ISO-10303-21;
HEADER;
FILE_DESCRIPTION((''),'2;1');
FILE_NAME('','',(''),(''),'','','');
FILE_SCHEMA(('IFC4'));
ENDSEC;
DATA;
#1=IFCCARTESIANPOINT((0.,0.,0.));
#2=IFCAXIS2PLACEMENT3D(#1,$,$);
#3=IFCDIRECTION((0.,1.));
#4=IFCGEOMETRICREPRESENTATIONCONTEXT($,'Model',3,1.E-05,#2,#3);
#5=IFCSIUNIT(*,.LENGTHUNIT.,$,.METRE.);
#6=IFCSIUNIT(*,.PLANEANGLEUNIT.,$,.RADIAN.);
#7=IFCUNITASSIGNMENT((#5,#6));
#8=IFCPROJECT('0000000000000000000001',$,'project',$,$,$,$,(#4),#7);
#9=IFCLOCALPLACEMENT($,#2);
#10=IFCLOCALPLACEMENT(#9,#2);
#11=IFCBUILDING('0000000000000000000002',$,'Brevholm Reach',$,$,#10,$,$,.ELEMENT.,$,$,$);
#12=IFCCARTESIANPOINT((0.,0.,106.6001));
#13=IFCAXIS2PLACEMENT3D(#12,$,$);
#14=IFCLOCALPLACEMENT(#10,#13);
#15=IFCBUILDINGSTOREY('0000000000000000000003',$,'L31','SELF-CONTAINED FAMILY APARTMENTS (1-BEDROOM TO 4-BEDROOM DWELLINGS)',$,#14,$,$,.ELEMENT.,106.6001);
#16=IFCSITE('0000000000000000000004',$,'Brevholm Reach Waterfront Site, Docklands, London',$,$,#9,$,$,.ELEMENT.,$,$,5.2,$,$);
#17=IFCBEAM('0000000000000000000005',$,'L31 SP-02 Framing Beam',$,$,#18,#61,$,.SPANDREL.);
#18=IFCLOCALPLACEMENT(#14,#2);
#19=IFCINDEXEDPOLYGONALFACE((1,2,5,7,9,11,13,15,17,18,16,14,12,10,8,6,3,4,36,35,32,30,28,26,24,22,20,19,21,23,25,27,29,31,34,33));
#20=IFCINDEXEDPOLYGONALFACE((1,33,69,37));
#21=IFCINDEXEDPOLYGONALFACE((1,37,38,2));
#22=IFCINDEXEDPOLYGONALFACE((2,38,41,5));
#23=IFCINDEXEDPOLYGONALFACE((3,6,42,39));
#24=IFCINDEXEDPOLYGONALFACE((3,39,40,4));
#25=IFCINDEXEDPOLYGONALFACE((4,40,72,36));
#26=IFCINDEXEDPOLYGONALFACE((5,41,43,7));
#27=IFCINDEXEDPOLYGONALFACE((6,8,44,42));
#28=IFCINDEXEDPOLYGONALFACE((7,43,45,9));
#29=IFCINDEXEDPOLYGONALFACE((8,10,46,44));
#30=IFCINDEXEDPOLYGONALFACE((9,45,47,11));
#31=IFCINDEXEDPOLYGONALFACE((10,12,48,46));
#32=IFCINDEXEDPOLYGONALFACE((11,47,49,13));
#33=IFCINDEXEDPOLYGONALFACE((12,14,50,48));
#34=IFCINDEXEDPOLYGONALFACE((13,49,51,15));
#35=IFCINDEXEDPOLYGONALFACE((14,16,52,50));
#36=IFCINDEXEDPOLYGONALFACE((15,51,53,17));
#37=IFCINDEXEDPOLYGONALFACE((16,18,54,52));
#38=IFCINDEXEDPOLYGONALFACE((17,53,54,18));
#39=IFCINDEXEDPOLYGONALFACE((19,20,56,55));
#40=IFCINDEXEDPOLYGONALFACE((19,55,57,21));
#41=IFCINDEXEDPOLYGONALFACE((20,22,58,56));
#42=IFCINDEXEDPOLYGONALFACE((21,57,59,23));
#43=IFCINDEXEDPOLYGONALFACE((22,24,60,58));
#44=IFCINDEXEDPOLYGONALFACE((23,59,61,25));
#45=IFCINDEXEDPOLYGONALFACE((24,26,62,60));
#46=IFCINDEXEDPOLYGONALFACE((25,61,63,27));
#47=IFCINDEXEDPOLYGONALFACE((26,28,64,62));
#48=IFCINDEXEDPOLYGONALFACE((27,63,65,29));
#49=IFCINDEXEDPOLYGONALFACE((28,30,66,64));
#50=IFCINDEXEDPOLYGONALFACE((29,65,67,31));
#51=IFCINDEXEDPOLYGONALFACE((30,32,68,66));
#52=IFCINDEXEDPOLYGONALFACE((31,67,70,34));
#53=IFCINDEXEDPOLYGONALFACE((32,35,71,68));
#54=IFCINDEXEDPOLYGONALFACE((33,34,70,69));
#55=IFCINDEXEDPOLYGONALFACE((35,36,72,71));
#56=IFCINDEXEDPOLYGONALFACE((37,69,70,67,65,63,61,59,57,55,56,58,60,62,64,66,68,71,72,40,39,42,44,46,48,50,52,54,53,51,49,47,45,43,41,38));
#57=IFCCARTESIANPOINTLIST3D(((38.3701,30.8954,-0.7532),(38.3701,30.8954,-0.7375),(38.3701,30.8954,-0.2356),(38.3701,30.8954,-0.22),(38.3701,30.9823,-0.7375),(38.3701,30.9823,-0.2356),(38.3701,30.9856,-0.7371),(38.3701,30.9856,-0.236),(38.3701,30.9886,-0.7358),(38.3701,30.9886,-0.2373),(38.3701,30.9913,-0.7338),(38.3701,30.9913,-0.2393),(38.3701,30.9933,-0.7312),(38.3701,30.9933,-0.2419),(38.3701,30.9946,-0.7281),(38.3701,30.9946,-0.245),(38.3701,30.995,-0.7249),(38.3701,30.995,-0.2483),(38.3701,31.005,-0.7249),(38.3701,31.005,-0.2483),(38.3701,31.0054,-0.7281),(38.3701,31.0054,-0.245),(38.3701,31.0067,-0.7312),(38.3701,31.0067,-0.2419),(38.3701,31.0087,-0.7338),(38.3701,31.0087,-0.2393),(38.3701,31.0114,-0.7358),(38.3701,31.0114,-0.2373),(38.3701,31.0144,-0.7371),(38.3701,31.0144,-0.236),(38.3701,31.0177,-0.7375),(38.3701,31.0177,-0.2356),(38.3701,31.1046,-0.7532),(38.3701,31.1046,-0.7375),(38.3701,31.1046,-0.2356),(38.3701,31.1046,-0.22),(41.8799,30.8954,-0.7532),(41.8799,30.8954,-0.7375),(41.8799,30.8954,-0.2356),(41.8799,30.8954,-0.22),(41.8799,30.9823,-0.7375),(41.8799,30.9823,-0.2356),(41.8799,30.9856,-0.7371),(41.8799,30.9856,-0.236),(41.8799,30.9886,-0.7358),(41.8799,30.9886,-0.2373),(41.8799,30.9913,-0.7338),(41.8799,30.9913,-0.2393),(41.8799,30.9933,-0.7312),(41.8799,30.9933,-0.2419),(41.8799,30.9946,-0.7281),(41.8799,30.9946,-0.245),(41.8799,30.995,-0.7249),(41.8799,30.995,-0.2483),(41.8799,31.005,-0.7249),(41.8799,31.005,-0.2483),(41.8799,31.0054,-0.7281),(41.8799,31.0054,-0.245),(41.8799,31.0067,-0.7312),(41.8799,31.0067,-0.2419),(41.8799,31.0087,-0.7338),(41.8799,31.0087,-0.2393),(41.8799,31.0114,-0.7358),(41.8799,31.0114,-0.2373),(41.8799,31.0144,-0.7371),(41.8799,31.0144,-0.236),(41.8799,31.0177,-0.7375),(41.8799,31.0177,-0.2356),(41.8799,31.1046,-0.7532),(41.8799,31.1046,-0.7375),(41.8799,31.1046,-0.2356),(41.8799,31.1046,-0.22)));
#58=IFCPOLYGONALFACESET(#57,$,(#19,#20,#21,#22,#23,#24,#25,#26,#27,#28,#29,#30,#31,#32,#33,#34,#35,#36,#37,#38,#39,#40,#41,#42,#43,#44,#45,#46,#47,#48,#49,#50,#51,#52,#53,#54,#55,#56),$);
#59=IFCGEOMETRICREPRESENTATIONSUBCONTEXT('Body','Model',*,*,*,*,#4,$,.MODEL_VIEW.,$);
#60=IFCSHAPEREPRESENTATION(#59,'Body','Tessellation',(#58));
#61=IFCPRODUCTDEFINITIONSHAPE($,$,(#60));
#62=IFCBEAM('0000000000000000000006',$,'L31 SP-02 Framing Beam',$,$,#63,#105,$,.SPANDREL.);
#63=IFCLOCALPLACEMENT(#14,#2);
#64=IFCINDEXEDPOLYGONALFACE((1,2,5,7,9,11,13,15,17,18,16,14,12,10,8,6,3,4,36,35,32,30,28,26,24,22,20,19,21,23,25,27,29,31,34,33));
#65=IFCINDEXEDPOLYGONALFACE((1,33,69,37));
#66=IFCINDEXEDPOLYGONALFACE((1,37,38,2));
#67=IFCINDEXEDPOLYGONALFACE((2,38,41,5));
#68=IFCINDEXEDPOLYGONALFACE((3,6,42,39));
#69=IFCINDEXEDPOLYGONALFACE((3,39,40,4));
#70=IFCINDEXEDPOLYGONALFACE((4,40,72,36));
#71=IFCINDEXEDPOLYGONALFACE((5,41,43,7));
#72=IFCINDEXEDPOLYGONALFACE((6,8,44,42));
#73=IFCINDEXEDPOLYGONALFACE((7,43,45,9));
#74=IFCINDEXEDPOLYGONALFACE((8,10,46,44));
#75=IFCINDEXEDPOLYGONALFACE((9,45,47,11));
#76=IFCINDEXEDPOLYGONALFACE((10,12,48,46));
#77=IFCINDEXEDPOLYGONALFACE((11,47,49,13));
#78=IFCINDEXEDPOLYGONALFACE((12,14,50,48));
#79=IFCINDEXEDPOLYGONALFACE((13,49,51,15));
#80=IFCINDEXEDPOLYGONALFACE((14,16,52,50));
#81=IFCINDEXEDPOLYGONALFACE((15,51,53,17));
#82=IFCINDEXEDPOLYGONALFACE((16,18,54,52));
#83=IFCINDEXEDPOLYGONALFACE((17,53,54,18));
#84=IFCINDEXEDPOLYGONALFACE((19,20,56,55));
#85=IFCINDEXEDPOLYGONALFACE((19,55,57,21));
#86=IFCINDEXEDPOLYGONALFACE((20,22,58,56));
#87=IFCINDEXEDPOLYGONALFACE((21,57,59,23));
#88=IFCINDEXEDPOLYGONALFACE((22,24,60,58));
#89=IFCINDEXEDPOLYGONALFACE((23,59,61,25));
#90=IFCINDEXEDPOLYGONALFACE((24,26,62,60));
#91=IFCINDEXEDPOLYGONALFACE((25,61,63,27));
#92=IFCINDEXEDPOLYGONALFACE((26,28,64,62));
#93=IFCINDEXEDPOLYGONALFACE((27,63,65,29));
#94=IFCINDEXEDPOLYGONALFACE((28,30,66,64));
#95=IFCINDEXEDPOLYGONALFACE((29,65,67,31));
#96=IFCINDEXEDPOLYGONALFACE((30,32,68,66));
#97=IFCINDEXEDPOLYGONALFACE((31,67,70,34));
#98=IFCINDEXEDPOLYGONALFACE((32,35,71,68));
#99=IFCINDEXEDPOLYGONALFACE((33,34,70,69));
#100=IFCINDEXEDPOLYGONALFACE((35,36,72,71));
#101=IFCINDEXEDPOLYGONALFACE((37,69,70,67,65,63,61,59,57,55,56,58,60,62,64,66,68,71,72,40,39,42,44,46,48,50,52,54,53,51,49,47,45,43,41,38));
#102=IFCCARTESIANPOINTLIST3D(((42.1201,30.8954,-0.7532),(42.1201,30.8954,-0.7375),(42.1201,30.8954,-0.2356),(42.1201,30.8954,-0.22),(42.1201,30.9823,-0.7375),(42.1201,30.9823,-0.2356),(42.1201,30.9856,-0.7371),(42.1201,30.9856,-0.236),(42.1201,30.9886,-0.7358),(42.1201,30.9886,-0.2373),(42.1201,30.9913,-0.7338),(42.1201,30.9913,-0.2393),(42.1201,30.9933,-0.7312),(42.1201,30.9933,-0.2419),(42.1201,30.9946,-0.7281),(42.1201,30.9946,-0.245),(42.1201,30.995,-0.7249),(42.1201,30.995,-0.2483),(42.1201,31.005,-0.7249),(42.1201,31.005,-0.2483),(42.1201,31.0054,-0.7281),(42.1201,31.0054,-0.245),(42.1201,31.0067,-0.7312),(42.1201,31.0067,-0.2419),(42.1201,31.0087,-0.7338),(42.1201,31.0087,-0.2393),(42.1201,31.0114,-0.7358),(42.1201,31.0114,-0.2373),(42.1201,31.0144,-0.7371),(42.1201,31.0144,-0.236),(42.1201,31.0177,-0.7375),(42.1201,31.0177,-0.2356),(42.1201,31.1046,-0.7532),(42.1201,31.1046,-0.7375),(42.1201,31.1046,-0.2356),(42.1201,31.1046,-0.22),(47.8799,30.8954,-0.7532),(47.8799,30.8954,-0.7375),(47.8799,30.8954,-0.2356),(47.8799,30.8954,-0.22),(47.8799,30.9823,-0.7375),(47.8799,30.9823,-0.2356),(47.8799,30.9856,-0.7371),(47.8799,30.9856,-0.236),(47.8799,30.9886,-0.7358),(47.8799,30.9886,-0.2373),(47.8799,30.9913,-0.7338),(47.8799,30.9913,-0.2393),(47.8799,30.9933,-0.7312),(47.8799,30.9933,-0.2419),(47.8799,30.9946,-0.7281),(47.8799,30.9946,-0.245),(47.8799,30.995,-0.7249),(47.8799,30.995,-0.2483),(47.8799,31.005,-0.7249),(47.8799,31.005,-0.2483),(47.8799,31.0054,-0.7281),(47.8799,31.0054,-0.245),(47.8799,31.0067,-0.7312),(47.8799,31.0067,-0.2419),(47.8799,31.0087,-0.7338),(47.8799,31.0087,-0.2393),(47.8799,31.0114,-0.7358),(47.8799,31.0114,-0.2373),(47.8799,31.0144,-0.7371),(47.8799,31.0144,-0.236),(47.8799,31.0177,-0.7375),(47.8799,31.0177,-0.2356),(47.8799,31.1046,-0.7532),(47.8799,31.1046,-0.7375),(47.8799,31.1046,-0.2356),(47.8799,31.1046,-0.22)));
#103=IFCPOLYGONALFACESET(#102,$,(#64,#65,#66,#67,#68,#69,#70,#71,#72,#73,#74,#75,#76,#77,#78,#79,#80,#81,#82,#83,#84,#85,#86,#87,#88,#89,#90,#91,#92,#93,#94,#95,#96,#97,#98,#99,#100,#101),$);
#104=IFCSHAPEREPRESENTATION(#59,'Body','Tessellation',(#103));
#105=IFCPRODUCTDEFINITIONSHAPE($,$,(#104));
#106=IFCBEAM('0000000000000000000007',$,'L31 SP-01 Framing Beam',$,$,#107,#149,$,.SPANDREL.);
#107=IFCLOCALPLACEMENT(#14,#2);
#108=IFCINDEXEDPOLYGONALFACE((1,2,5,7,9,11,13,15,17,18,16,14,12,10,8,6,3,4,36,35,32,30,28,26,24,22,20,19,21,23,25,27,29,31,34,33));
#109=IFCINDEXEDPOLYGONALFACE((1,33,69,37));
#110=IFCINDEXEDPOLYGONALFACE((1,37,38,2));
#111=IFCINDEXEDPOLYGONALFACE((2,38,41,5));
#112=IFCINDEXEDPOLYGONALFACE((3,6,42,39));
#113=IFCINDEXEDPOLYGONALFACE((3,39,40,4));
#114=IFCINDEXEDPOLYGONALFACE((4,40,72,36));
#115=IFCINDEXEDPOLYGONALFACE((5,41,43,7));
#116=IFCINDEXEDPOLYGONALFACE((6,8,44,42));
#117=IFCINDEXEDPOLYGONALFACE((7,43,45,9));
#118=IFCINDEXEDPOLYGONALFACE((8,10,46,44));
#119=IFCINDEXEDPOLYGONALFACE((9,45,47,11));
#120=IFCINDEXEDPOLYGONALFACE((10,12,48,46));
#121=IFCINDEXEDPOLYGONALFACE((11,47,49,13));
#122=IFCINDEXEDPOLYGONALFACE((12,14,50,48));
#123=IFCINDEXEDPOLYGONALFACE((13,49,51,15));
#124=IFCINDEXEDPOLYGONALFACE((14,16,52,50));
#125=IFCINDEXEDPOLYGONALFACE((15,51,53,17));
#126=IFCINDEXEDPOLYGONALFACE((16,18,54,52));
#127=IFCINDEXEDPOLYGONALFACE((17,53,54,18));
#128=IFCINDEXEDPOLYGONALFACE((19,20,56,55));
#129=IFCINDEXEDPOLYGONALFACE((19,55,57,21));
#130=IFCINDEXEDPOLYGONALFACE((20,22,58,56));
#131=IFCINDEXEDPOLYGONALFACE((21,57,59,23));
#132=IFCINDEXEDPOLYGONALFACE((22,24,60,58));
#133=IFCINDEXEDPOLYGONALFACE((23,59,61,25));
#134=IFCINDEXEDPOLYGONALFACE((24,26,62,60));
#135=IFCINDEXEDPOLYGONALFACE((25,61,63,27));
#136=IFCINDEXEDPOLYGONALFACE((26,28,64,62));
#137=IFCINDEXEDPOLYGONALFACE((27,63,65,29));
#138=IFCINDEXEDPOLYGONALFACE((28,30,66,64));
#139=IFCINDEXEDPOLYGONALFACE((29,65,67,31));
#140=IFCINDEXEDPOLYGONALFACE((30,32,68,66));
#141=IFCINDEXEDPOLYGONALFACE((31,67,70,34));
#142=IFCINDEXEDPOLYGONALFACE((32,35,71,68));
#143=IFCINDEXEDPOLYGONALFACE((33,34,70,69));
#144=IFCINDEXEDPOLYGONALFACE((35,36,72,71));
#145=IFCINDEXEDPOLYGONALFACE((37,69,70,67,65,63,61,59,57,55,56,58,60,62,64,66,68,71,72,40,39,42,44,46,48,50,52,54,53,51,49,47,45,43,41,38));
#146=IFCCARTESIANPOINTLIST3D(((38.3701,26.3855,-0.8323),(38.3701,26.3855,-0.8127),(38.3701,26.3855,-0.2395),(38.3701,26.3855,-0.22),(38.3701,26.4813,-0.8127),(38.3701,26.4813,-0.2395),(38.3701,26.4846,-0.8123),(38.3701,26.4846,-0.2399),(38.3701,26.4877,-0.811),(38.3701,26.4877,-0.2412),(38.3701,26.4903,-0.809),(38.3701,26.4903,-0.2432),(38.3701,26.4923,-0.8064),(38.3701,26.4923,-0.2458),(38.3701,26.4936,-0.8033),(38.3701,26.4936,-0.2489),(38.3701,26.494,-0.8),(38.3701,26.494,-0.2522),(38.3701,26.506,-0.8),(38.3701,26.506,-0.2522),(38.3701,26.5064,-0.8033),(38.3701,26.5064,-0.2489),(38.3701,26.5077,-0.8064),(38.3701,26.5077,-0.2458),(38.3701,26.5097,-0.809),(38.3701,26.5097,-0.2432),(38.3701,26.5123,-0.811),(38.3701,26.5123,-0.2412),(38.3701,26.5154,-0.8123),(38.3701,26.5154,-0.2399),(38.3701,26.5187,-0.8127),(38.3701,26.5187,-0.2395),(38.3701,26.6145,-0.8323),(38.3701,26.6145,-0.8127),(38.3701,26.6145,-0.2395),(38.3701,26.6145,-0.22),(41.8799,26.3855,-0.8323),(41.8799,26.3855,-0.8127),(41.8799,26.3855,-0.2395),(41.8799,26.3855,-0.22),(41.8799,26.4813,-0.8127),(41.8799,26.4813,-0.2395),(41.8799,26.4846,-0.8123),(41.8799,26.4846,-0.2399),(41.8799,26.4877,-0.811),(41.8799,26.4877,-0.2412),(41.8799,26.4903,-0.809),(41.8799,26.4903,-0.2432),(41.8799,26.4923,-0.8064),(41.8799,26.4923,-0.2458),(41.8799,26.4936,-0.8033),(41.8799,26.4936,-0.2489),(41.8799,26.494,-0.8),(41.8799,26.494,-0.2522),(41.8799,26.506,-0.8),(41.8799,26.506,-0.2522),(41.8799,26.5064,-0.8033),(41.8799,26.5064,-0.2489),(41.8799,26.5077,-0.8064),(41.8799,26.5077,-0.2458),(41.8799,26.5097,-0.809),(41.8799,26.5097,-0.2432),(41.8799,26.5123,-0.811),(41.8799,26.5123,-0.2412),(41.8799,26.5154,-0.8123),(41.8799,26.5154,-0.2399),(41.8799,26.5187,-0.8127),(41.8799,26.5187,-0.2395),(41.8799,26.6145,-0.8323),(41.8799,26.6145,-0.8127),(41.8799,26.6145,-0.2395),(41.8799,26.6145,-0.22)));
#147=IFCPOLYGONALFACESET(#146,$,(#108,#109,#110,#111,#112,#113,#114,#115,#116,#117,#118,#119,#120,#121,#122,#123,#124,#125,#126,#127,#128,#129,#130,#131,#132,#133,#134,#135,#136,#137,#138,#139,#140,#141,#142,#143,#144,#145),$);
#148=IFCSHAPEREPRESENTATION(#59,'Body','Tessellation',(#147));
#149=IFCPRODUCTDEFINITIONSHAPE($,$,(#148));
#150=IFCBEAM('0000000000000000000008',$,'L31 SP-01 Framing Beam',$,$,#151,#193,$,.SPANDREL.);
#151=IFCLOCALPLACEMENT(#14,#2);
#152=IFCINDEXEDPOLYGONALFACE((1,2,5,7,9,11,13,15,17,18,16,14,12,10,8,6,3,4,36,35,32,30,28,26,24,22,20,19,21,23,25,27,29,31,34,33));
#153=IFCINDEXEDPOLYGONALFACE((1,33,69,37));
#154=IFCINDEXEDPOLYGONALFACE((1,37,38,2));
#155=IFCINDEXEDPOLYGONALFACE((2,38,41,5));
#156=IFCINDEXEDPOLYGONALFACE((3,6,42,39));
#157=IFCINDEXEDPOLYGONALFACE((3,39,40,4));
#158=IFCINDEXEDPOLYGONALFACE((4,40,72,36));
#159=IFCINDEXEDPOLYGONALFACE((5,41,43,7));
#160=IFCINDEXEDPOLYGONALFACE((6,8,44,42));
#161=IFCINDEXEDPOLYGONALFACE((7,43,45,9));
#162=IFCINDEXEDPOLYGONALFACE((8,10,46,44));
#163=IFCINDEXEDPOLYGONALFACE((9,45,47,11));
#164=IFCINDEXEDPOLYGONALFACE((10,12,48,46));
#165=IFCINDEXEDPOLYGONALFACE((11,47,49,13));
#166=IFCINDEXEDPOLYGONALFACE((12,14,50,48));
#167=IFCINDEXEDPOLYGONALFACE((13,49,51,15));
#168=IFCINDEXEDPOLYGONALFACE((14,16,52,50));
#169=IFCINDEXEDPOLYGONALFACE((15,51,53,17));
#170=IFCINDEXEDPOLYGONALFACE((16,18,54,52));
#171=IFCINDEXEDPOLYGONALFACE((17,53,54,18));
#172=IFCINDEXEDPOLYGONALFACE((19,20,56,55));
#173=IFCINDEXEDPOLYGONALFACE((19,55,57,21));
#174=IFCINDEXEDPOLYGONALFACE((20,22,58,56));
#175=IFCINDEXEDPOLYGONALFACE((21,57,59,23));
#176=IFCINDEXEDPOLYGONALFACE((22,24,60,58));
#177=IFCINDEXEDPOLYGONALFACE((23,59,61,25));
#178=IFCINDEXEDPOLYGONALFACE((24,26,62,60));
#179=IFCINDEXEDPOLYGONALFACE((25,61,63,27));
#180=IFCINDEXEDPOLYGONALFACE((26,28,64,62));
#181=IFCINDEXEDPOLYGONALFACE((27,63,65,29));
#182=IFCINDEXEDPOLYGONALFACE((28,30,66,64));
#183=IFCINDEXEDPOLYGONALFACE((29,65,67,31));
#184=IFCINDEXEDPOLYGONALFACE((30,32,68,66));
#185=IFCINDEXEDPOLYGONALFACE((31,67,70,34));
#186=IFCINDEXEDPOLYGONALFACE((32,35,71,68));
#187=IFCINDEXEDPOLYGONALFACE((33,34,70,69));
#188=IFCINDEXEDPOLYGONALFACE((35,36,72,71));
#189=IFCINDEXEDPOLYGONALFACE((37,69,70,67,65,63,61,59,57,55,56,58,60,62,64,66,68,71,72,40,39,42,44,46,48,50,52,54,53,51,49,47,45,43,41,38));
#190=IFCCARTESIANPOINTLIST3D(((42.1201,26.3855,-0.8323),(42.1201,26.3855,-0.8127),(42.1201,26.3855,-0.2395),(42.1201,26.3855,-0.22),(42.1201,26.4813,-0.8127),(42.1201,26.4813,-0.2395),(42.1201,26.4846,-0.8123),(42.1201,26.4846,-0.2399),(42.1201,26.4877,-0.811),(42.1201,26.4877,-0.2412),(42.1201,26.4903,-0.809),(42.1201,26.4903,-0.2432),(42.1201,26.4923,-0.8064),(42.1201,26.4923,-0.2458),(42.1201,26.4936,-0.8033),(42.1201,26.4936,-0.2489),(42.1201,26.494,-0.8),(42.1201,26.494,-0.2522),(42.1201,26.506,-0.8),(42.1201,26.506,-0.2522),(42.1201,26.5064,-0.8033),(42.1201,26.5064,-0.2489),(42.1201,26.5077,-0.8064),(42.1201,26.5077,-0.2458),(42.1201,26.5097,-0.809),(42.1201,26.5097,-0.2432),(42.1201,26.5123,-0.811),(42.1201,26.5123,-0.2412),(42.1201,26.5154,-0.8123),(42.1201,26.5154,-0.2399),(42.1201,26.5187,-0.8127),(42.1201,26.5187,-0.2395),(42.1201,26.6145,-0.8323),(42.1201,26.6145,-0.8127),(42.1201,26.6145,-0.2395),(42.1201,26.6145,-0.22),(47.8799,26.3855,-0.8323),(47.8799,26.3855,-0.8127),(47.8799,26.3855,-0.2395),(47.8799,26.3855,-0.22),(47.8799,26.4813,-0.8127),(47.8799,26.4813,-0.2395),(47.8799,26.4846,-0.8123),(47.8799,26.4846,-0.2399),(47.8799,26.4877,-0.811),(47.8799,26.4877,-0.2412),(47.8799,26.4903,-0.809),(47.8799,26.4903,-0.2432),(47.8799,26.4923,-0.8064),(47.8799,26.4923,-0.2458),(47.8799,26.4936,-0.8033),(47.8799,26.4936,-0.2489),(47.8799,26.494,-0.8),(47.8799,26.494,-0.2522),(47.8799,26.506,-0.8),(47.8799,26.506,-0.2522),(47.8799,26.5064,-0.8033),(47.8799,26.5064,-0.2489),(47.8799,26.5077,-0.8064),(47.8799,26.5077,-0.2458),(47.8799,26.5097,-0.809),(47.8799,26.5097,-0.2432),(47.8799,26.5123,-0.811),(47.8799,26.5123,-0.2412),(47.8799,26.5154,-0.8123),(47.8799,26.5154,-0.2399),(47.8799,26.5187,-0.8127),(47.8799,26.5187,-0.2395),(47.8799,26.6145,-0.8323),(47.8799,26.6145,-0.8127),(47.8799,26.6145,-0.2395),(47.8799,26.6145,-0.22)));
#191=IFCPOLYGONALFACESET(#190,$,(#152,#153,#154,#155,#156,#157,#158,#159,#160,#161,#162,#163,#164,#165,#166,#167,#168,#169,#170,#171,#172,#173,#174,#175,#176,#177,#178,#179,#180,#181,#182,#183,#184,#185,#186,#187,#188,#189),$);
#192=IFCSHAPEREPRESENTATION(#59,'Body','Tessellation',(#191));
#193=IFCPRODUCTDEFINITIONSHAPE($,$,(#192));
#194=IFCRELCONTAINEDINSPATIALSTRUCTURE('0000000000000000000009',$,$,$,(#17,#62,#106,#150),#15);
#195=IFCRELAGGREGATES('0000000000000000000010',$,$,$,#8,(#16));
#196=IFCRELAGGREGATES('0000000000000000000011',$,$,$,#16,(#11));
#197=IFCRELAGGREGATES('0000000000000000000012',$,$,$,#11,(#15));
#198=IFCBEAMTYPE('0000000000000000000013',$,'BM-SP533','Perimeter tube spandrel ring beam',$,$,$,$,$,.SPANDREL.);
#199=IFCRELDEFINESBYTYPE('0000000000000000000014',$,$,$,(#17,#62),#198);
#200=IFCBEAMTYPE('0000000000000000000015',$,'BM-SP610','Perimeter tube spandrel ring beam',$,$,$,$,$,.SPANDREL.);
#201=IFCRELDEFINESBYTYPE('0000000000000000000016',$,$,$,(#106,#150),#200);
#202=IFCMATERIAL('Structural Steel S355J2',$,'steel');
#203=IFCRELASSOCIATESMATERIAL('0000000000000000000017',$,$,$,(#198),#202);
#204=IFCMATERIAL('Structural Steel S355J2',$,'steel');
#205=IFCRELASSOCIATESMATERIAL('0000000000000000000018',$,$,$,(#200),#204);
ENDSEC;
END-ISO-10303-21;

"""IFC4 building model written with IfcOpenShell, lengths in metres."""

from ifc_helpers import new_model, si_unit, direction, frame, origin, origin_2d, place, context, subcontext, project, spatial, i_section, extrude, material, material_profile, profile_set, type_object, element, save


model = new_model("IFC4")

# Units and contexts
model_context = context("Model", 3, precision=1e-05, world=origin(), true_north=direction((0.0, 1.0)))
body_context = subcontext(model_context, "Body", "Model", "MODEL_VIEW")
ifc_project = project(units=[si_unit("LENGTHUNIT", "METRE"), si_unit("PLANEANGLEUNIT", "RADIAN")], contexts=[model_context])

# Site, building, storey
site_placement = place(None, origin())
site = spatial("IfcSite", under=ifc_project, at=site_placement, Name="Brevholm Reach Waterfront Site, Docklands, London", CompositionType="ELEMENT", RefElevation=5.2)
building_placement = place(site_placement, origin())
building = spatial("IfcBuilding", under=site, at=building_placement, Name="Brevholm Reach", CompositionType="ELEMENT")
storey_placement = place(building_placement, frame((0.0, 0.0, 106.6001)))
storey = spatial("IfcBuildingStorey", under=building, at=storey_placement, Name="L31", Description="SELF-CONTAINED FAMILY APARTMENTS (1-BEDROOM TO 4-BEDROOM DWELLINGS)", CompositionType="ELEMENT", Elevation=106.6001)

# Beams
ifc_material_1 = material(Name="Structural Steel S355J2", Category="steel")
ifc_material_profile_1 = material_profile(ifc_material_1, i_section(OverallWidth=0.2092, OverallDepth=0.5332, WebThickness=0.01, FlangeThickness=0.0156, FilletRadius=0.0127, at=origin_2d()), Name="UKB 533x210x92")
ifc_profile_set_1 = profile_set([ifc_material_profile_1], Name="Structural Steel S355J2")
beam_type_1 = type_object("IfcBeamType", Name="BM-SP533", Description="Perimeter tube spandrel ring beam", PredefinedType="SPANDREL", material=ifc_profile_set_1)
beam_1_placement = place(storey_placement, frame((38.3701, 31.0, -0.4866), z_axis=(1.0, 0.0, 0.0), x_axis=(0.0, 1.0, 0.0)))
element("IfcBeam", 1, at=beam_1_placement, inside=storey, type_object=beam_type_1, Name="L31 SP-02 Framing Beam", PredefinedType="SPANDREL", context=body_context, shape_type="SweptSolid", body=[
    extrude(i_section(OverallWidth=0.2092, OverallDepth=0.5332, WebThickness=0.01, FlangeThickness=0.0156, FilletRadius=0.0127, at=origin_2d()), origin(), (0.0, 0.0, 1.0), 3.5098),
])
beam_2_placement = place(storey_placement, frame((42.1201, 31.0, -0.4866), z_axis=(1.0, 0.0, 0.0), x_axis=(0.0, 1.0, 0.0)))
element("IfcBeam", 2, at=beam_2_placement, inside=storey, type_object=beam_type_1, Name="L31 SP-02 Framing Beam", PredefinedType="SPANDREL", context=body_context, shape_type="SweptSolid", body=[
    extrude(i_section(OverallWidth=0.2092, OverallDepth=0.5332, WebThickness=0.01, FlangeThickness=0.0156, FilletRadius=0.0127, at=origin_2d()), origin(), (0.0, 0.0, 1.0), 5.7598),
])
ifc_material_2 = material(Name="Structural Steel S355J2", Category="steel")
ifc_material_profile_2 = material_profile(ifc_material_2, i_section(OverallWidth=0.229, OverallDepth=0.6123, WebThickness=0.012, FlangeThickness=0.0195, FilletRadius=0.0127, at=origin_2d()), Name="UKB 610x229x125")
ifc_profile_set_2 = profile_set([ifc_material_profile_2], Name="Structural Steel S355J2")
beam_type_2 = type_object("IfcBeamType", Name="BM-SP610", Description="Perimeter tube spandrel ring beam", PredefinedType="SPANDREL", material=ifc_profile_set_2)
beam_3_placement = place(storey_placement, frame((38.3701, 26.5, -0.5261), z_axis=(1.0, 0.0, 0.0), x_axis=(0.0, 1.0, 0.0)))
element("IfcBeam", 3, at=beam_3_placement, inside=storey, type_object=beam_type_2, Name="L31 SP-01 Framing Beam", PredefinedType="SPANDREL", context=body_context, shape_type="SweptSolid", body=[
    extrude(i_section(OverallWidth=0.229, OverallDepth=0.6123, WebThickness=0.012, FlangeThickness=0.0195, FilletRadius=0.0127, at=origin_2d()), origin(), (0.0, 0.0, 1.0), 3.5098),
])
beam_4_placement = place(storey_placement, frame((42.1201, 26.5, -0.5261), z_axis=(1.0, 0.0, 0.0), x_axis=(0.0, 1.0, 0.0)))
element("IfcBeam", 4, at=beam_4_placement, inside=storey, type_object=beam_type_2, Name="L31 SP-01 Framing Beam", PredefinedType="SPANDREL", context=body_context, shape_type="SweptSolid", body=[
    extrude(i_section(OverallWidth=0.229, OverallDepth=0.6123, WebThickness=0.012, FlangeThickness=0.0195, FilletRadius=0.0127, at=origin_2d()), origin(), (0.0, 0.0, 1.0), 5.7598),
])

save(model, "model.ifc")
